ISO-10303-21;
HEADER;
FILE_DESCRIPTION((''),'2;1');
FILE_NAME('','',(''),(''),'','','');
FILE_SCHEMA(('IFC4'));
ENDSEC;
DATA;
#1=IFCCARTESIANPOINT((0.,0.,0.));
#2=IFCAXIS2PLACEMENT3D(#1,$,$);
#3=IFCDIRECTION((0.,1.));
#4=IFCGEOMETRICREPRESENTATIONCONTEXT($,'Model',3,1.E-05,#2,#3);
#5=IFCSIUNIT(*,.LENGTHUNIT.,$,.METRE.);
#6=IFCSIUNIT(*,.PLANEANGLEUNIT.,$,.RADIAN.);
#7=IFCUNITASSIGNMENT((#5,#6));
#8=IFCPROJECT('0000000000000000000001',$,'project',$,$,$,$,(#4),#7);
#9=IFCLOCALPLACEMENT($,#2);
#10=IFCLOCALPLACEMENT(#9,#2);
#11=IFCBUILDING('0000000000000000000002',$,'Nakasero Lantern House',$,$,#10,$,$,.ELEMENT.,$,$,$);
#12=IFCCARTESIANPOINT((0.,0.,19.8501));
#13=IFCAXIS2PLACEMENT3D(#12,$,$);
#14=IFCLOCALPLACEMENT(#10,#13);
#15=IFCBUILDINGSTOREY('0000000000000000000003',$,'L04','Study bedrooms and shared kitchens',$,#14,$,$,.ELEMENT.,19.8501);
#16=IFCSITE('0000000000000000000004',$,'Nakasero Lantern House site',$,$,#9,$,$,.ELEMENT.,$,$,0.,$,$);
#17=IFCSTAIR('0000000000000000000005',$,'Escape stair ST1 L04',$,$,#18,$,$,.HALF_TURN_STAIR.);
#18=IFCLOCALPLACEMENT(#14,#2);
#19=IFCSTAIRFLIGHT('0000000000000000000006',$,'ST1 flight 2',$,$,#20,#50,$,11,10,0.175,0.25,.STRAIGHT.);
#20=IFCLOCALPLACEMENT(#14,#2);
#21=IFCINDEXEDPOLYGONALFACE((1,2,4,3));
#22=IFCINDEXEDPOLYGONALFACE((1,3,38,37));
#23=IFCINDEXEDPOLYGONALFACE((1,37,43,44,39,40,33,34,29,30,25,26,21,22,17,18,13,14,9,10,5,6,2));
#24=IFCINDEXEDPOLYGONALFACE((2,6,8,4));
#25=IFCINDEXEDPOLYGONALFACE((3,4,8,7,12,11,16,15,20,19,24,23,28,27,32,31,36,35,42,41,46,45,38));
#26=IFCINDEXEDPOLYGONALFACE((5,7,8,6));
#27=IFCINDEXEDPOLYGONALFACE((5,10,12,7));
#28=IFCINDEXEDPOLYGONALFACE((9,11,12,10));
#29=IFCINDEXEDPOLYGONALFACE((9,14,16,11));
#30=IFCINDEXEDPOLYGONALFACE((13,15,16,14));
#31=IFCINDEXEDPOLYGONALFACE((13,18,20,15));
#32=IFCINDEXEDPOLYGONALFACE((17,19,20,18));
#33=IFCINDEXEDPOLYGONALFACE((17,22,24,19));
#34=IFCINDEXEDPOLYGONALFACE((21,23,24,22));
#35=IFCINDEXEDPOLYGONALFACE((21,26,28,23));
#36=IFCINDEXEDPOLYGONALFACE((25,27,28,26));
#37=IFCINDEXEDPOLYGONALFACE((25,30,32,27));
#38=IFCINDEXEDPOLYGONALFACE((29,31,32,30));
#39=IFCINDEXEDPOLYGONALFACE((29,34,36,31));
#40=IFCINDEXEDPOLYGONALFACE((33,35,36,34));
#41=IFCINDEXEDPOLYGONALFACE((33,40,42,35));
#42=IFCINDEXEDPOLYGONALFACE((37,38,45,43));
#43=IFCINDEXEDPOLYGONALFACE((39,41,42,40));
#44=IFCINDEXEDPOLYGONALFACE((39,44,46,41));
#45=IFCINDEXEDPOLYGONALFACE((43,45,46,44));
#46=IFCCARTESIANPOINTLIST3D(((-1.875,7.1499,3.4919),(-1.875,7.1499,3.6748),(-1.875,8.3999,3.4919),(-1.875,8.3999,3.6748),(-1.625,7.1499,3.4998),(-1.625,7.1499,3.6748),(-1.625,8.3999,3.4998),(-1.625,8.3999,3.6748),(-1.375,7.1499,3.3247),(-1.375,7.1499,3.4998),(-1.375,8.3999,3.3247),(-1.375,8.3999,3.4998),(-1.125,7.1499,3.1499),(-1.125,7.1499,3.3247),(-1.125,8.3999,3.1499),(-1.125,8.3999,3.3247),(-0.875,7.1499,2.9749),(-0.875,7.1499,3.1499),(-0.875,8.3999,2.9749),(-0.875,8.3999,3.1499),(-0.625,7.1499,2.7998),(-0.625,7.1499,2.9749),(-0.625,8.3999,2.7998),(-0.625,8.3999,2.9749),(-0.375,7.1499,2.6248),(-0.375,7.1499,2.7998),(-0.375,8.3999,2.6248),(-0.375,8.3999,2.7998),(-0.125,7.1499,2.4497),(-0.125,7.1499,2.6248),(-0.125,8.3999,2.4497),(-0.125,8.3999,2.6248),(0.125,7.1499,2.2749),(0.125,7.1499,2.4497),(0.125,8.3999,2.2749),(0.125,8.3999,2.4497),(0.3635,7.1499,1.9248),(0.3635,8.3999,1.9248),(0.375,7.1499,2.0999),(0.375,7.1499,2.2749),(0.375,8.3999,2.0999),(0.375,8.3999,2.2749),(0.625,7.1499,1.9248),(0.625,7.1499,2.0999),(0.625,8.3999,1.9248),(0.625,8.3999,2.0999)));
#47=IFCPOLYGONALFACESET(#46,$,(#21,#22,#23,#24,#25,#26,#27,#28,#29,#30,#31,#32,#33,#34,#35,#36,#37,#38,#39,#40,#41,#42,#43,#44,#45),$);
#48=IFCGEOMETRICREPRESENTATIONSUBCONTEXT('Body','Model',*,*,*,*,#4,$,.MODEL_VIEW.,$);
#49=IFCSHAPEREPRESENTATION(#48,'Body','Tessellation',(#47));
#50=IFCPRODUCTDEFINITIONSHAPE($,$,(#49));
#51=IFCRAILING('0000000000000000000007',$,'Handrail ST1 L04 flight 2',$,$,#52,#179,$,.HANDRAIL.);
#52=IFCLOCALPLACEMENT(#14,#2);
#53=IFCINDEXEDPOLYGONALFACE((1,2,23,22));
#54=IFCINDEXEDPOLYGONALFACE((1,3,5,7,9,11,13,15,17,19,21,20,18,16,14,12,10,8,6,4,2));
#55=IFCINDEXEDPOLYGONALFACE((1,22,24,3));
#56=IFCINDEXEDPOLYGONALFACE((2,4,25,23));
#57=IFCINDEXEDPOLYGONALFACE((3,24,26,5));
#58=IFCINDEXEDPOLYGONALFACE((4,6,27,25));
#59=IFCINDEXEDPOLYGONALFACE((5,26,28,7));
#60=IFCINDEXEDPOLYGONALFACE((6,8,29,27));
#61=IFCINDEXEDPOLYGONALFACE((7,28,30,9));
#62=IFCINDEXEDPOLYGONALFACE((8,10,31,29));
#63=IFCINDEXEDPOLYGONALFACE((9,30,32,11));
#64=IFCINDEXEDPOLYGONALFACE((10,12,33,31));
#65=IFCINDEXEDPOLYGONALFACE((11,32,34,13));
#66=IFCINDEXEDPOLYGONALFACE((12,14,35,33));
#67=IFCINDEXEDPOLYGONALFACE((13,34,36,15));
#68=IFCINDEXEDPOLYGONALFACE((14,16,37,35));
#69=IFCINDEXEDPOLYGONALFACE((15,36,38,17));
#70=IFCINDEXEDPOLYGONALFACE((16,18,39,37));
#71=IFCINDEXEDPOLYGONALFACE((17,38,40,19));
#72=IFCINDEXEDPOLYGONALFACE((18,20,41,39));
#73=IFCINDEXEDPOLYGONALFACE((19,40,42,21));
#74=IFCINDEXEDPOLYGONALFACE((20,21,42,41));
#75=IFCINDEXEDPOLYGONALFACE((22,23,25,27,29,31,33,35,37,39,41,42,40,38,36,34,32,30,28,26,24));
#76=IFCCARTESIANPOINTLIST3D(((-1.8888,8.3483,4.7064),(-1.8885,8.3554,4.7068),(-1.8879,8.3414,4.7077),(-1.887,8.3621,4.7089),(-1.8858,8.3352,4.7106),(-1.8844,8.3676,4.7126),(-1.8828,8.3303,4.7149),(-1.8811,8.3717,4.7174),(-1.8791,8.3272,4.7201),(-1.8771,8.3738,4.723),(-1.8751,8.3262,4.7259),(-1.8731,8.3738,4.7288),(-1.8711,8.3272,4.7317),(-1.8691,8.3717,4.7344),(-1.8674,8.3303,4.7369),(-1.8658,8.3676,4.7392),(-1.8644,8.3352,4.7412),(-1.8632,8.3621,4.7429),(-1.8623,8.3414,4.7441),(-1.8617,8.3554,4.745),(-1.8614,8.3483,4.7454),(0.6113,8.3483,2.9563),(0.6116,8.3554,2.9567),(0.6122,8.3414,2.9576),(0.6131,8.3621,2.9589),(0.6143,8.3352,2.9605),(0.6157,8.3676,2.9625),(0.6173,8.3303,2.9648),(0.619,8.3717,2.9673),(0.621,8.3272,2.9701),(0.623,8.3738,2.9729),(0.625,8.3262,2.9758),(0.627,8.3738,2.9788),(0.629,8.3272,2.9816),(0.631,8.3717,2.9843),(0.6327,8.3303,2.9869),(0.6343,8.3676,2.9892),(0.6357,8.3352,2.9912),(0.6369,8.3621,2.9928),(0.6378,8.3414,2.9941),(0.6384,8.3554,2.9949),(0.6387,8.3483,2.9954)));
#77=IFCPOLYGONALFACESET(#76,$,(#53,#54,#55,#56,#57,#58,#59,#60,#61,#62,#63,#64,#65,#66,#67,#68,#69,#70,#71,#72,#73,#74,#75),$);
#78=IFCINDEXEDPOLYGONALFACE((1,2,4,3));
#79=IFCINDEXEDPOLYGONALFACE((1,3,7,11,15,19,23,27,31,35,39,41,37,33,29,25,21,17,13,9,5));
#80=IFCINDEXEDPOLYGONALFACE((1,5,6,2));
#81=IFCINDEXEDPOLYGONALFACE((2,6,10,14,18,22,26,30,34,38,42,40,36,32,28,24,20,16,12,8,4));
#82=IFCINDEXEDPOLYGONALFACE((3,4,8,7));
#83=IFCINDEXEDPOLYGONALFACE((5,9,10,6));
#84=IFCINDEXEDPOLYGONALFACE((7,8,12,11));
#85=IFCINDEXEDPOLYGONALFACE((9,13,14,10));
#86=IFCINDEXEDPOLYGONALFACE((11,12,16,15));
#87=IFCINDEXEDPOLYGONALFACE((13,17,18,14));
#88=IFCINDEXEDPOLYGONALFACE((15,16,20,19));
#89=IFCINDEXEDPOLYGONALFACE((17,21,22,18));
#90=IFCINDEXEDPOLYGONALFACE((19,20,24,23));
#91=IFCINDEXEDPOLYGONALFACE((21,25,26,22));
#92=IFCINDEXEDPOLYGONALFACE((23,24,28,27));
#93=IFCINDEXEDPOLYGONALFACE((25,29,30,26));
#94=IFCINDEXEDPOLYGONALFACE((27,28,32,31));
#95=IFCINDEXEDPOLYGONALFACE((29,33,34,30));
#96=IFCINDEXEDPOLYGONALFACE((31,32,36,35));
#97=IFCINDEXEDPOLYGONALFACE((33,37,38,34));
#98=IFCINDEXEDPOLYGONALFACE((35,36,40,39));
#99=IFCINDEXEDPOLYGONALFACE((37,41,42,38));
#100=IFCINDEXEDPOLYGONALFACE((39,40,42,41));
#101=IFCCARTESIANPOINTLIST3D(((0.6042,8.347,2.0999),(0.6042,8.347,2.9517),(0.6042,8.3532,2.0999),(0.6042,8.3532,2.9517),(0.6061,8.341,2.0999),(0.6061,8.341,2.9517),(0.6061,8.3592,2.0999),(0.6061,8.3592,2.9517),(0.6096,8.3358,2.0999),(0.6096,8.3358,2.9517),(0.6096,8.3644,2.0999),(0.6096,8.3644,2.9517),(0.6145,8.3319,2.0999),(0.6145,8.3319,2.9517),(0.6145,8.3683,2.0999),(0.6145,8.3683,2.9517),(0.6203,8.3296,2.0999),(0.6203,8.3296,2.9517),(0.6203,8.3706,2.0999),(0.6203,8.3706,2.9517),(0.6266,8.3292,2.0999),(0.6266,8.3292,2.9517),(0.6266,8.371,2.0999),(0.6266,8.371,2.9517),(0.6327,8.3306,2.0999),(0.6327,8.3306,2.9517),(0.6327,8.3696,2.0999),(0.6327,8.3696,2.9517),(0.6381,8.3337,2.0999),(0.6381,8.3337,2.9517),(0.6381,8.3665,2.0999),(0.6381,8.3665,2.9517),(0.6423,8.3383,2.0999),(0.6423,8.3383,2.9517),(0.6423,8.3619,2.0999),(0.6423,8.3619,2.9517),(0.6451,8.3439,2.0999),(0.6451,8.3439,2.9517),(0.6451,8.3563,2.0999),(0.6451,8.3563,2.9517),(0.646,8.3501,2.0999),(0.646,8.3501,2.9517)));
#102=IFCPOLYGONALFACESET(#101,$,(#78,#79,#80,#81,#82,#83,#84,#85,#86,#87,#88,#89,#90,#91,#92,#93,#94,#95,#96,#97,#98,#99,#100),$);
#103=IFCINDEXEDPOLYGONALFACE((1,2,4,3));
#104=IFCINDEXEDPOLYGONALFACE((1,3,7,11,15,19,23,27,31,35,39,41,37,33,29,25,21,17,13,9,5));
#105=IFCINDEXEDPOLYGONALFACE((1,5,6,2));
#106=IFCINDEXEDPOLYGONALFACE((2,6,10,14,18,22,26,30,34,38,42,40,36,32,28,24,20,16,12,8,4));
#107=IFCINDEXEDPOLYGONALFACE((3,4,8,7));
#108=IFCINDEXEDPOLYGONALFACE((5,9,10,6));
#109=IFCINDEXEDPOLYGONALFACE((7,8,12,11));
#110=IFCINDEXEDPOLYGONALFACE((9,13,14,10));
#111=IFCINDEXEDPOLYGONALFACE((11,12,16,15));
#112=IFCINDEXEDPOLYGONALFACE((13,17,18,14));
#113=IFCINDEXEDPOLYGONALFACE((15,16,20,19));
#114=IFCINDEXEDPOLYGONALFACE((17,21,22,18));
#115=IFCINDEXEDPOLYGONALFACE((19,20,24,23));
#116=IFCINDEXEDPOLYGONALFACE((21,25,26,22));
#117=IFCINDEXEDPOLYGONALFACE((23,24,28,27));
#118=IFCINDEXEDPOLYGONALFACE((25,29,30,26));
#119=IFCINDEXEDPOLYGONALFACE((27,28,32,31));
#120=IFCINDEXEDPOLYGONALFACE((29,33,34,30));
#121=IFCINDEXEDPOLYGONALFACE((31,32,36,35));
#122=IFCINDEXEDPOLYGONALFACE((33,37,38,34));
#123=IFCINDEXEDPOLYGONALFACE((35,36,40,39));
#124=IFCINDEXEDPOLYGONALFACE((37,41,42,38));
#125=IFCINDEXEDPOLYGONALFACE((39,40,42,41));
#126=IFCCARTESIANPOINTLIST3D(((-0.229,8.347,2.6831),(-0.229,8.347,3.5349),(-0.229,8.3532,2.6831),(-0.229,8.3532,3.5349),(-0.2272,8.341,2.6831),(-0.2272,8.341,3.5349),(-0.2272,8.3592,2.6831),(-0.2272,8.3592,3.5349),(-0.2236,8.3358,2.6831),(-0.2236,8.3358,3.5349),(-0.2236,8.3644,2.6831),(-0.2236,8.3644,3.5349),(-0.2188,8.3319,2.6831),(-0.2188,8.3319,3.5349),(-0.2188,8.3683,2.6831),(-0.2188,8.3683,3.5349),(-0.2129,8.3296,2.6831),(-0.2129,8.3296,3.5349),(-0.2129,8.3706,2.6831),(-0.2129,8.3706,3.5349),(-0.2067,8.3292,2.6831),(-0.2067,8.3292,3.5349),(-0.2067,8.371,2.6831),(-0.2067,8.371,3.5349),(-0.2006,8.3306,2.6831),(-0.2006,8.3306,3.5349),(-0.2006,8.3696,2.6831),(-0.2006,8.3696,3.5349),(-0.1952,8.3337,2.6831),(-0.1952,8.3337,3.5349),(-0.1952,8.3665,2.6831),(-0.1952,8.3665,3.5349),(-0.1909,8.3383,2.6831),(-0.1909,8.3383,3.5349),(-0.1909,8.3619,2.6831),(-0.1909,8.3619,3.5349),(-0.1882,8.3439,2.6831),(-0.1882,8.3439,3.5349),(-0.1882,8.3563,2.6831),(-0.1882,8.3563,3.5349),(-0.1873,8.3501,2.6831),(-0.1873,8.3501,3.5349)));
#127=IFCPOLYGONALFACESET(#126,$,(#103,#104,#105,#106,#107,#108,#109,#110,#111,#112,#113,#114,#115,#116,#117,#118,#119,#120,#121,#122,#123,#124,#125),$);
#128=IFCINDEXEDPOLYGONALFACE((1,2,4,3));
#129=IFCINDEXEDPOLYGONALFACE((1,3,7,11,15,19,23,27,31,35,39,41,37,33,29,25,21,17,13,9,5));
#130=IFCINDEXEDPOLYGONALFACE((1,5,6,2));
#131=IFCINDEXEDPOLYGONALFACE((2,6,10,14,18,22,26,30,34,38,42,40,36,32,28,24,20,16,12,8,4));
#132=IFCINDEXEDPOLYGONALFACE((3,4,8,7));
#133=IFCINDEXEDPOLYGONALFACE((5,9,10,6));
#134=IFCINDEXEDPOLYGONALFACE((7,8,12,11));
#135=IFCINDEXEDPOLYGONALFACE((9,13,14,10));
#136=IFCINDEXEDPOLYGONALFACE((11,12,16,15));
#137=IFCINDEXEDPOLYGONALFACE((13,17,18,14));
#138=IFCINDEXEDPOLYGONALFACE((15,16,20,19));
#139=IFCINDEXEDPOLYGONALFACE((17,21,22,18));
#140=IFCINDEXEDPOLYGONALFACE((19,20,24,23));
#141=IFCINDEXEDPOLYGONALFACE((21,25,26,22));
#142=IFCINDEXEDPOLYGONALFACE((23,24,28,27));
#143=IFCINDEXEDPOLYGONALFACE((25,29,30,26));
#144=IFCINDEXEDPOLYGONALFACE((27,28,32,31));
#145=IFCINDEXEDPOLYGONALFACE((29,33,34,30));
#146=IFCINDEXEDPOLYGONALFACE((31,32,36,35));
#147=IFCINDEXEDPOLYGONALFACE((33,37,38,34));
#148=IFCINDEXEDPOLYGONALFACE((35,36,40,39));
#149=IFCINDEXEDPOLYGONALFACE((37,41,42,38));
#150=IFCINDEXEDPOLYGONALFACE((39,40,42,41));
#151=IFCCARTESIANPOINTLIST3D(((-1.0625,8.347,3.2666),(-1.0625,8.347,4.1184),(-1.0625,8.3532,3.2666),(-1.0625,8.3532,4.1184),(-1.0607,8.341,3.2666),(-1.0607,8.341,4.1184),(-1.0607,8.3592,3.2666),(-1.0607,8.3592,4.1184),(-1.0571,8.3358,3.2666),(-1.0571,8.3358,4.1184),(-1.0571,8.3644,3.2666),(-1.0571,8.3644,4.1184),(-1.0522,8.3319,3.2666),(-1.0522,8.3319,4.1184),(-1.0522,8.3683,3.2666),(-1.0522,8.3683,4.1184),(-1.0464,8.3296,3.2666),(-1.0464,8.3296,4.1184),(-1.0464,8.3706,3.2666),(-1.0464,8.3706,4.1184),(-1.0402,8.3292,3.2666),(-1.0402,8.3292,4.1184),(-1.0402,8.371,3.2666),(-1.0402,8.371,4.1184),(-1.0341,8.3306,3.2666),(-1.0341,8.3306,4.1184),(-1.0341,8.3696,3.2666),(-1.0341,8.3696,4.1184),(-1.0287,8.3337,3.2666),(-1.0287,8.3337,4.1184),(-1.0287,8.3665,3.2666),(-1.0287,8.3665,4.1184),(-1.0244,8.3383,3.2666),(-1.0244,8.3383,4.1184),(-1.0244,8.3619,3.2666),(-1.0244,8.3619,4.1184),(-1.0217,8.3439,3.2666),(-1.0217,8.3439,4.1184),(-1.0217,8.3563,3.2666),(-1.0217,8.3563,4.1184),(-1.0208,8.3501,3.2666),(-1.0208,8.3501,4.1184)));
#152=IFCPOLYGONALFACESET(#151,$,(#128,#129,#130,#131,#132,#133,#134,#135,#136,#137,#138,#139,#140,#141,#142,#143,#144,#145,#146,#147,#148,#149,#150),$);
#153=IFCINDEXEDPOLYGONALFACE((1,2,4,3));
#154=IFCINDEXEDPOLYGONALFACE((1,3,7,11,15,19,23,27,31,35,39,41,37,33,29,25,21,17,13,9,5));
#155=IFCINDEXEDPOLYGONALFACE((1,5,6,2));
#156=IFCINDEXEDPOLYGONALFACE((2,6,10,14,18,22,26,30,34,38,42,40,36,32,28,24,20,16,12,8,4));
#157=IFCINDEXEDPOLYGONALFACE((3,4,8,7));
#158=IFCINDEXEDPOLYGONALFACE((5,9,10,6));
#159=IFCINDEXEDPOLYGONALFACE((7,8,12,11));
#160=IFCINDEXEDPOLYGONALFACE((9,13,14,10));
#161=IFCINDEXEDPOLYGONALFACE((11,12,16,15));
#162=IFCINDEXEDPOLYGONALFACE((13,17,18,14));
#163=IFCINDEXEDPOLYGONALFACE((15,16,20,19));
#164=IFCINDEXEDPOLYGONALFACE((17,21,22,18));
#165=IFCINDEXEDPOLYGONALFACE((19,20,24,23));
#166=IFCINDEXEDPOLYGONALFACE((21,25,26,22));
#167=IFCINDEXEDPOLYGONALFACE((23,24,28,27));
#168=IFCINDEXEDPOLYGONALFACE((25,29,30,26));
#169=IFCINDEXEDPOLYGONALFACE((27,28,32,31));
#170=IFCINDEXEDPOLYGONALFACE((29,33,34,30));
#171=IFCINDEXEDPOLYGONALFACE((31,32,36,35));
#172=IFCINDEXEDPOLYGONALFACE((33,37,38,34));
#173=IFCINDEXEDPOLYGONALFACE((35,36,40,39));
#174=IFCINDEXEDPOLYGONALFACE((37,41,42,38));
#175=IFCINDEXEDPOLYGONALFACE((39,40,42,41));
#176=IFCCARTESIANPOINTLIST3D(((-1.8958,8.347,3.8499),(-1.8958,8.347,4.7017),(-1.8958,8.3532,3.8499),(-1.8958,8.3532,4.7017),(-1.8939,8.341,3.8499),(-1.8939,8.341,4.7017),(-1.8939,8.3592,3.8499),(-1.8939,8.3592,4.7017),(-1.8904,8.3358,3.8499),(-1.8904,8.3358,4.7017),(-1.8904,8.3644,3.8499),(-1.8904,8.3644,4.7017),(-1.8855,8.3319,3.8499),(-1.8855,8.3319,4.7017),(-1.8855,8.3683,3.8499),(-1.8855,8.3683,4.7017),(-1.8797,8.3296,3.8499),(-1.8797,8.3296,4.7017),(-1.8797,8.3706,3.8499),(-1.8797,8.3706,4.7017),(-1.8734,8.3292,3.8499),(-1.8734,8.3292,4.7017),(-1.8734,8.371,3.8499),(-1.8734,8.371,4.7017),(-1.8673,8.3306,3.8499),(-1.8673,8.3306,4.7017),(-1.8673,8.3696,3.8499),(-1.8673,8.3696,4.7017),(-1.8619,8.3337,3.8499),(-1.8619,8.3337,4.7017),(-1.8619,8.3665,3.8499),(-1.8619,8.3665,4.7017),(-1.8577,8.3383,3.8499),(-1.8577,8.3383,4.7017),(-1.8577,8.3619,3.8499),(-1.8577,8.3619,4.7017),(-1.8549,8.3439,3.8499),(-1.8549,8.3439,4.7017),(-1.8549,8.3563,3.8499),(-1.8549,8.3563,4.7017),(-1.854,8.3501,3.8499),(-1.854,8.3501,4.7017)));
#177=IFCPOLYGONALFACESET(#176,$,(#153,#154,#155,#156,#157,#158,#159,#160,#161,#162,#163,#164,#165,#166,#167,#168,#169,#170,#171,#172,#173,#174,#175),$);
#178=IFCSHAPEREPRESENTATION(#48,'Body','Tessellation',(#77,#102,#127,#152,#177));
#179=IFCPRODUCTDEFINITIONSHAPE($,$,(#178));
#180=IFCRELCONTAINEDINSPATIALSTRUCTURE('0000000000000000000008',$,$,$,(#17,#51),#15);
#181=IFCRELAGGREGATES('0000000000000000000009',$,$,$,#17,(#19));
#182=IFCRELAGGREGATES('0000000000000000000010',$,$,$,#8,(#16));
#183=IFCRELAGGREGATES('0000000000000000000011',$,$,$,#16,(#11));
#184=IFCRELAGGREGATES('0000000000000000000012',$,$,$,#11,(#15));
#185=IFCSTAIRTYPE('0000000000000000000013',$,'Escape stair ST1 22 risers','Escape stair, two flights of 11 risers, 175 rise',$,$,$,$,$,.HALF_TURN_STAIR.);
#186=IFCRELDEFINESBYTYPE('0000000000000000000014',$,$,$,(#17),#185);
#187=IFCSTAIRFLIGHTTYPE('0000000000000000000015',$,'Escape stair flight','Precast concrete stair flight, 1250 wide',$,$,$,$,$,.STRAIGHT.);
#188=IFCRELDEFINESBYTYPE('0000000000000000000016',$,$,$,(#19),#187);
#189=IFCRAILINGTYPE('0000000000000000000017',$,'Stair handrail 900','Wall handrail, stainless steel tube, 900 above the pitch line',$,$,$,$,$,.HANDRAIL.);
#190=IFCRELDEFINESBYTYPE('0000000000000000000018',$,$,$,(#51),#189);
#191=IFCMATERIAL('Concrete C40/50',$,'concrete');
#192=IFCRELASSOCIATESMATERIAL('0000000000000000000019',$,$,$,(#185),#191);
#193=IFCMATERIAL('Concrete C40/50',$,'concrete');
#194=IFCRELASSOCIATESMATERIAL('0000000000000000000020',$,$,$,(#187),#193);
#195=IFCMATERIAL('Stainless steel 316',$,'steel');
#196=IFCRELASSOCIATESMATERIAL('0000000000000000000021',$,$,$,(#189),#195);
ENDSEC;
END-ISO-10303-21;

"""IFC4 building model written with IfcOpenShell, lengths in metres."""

from ifc_helpers import new_model, si_unit, direction, frame, origin, origin_2d, place, context, subcontext, project, spatial, polyline, circle, outline, extrude, material, type_object, element, aggregate, save


model = new_model("IFC4")

# Units and contexts
model_context = context("Model", 3, precision=1e-05, world=origin(), true_north=direction((0.0, 1.0)))
body_context = subcontext(model_context, "Body", "Model", "MODEL_VIEW")
ifc_project = project(units=[si_unit("LENGTHUNIT", "METRE"), si_unit("PLANEANGLEUNIT", "RADIAN")], contexts=[model_context])

# Site, building, storey
site_placement = place(None, origin())
site = spatial("IfcSite", under=ifc_project, at=site_placement, Name="Nakasero Lantern House site", CompositionType="ELEMENT", RefElevation=0.0)
building_placement = place(site_placement, origin())
building = spatial("IfcBuilding", under=site, at=building_placement, Name="Nakasero Lantern House", CompositionType="ELEMENT")
storey_placement = place(building_placement, frame((0.0, 0.0, 19.8501)))
storey = spatial("IfcBuildingStorey", under=building, at=storey_placement, Name="L04", Description="Study bedrooms and shared kitchens", CompositionType="ELEMENT", Elevation=19.8501)

# Stair
ifc_material_1 = material(Name="Concrete C40/50", Category="concrete")
stair_type_1 = type_object("IfcStairType", Name="Escape stair ST1 22 risers", Description="Escape stair, two flights of 11 risers, 175 rise", PredefinedType="HALF_TURN_STAIR", material=ifc_material_1)
stair_1_placement = place(storey_placement, origin())
stair_1 = element("IfcStair", 1, at=stair_1_placement, inside=storey, type_object=stair_type_1, Name="Escape stair ST1 L04", PredefinedType="HALF_TURN_STAIR")

# Stair flight
ifc_material_2 = material(Name="Concrete C40/50", Category="concrete")
stair_flight_type = type_object("IfcStairFlightType", Name="Escape stair flight", Description="Precast concrete stair flight, 1250 wide", PredefinedType="STRAIGHT", material=ifc_material_2)
stair_flight_placement = place(storey_placement, frame((0.625, 7.7749, 1.9248), z_axis=(0.0, 0.0, 1.0), x_axis=(-1.0, 0.0, 0.0)))
stair_flight = element("IfcStairFlight", 2, at=stair_flight_placement, type_object=stair_flight_type, Name="ST1 flight 2", NumberOfRisers=11, NumberOfTreads=10, PredefinedType="STRAIGHT", RiserHeight=0.175, TreadLength=0.25, context=body_context, shape_type="SweptSolid", body=[
    extrude(outline(polyline([(0.0, 0.0), (0.0, 0.175), (0.25, 0.175), (0.25, 0.3501), (0.5, 0.3501), (0.5, 0.5249), (0.75, 0.5249), (0.75, 0.7), (1.0, 0.7), (1.0, 0.875), (1.25, 0.875), (1.25, 1.05), (1.5, 1.05), (1.5, 1.2251), (1.75, 1.2251), (1.75, 1.3999), (2.0, 1.3999), (2.0, 1.575), (2.25, 1.575), (2.25, 1.75), (2.5, 1.75), (2.5, 1.925), (2.5, 1.5671), (0.2615, 0.0), (0.0, 0.0)])), frame((0.0, 0.625, 0.0), z_axis=(0.0, -1.0, 0.0), x_axis=(1.0, 0.0, 0.0)), (0.0, 0.0, 1.0), 1.25),
])
aggregate(stair_1, [stair_flight])

# Railing
ifc_material_3 = material(Name="Stainless steel 316", Category="steel")
railing_type = type_object("IfcRailingType", Name="Stair handrail 900", Description="Wall handrail, stainless steel tube, 900 above the pitch line", PredefinedType="HANDRAIL", material=ifc_material_3)
railing_placement = place(storey_placement, frame((0.625, 8.3501, 2.0999)))
element("IfcRailing", 3, at=railing_placement, inside=storey, type_object=railing_type, Name="Handrail ST1 L04 flight 2", PredefinedType="HANDRAIL", context=body_context, shape_type="SweptSolid", body=[
    extrude(circle(Radius=0.0239, at=origin_2d()), frame((0.0, 0.0, 0.876), z_axis=(-0.819232, 0.0, 0.573462), x_axis=(0.0, -1.0, 0.0)), (0.0, 0.0, 1.0), 3.0518),
    extrude(circle(Radius=0.021, at=origin_2d()), origin(), (0.0, 0.0, 1.0), 0.8518),
    extrude(circle(Radius=0.021, at=origin_2d()), frame((-0.8333, 0.0, 0.5833)), (0.0, 0.0, 1.0), 0.8518),
    extrude(circle(Radius=0.021, at=origin_2d()), frame((-1.6667, 0.0, 1.1667)), (0.0, 0.0, 1.0), 0.8518),
    extrude(circle(Radius=0.021, at=origin_2d()), frame((-2.5, 0.0, 1.75)), (0.0, 0.0, 1.0), 0.8518),
])

save(model, "model.ifc")
